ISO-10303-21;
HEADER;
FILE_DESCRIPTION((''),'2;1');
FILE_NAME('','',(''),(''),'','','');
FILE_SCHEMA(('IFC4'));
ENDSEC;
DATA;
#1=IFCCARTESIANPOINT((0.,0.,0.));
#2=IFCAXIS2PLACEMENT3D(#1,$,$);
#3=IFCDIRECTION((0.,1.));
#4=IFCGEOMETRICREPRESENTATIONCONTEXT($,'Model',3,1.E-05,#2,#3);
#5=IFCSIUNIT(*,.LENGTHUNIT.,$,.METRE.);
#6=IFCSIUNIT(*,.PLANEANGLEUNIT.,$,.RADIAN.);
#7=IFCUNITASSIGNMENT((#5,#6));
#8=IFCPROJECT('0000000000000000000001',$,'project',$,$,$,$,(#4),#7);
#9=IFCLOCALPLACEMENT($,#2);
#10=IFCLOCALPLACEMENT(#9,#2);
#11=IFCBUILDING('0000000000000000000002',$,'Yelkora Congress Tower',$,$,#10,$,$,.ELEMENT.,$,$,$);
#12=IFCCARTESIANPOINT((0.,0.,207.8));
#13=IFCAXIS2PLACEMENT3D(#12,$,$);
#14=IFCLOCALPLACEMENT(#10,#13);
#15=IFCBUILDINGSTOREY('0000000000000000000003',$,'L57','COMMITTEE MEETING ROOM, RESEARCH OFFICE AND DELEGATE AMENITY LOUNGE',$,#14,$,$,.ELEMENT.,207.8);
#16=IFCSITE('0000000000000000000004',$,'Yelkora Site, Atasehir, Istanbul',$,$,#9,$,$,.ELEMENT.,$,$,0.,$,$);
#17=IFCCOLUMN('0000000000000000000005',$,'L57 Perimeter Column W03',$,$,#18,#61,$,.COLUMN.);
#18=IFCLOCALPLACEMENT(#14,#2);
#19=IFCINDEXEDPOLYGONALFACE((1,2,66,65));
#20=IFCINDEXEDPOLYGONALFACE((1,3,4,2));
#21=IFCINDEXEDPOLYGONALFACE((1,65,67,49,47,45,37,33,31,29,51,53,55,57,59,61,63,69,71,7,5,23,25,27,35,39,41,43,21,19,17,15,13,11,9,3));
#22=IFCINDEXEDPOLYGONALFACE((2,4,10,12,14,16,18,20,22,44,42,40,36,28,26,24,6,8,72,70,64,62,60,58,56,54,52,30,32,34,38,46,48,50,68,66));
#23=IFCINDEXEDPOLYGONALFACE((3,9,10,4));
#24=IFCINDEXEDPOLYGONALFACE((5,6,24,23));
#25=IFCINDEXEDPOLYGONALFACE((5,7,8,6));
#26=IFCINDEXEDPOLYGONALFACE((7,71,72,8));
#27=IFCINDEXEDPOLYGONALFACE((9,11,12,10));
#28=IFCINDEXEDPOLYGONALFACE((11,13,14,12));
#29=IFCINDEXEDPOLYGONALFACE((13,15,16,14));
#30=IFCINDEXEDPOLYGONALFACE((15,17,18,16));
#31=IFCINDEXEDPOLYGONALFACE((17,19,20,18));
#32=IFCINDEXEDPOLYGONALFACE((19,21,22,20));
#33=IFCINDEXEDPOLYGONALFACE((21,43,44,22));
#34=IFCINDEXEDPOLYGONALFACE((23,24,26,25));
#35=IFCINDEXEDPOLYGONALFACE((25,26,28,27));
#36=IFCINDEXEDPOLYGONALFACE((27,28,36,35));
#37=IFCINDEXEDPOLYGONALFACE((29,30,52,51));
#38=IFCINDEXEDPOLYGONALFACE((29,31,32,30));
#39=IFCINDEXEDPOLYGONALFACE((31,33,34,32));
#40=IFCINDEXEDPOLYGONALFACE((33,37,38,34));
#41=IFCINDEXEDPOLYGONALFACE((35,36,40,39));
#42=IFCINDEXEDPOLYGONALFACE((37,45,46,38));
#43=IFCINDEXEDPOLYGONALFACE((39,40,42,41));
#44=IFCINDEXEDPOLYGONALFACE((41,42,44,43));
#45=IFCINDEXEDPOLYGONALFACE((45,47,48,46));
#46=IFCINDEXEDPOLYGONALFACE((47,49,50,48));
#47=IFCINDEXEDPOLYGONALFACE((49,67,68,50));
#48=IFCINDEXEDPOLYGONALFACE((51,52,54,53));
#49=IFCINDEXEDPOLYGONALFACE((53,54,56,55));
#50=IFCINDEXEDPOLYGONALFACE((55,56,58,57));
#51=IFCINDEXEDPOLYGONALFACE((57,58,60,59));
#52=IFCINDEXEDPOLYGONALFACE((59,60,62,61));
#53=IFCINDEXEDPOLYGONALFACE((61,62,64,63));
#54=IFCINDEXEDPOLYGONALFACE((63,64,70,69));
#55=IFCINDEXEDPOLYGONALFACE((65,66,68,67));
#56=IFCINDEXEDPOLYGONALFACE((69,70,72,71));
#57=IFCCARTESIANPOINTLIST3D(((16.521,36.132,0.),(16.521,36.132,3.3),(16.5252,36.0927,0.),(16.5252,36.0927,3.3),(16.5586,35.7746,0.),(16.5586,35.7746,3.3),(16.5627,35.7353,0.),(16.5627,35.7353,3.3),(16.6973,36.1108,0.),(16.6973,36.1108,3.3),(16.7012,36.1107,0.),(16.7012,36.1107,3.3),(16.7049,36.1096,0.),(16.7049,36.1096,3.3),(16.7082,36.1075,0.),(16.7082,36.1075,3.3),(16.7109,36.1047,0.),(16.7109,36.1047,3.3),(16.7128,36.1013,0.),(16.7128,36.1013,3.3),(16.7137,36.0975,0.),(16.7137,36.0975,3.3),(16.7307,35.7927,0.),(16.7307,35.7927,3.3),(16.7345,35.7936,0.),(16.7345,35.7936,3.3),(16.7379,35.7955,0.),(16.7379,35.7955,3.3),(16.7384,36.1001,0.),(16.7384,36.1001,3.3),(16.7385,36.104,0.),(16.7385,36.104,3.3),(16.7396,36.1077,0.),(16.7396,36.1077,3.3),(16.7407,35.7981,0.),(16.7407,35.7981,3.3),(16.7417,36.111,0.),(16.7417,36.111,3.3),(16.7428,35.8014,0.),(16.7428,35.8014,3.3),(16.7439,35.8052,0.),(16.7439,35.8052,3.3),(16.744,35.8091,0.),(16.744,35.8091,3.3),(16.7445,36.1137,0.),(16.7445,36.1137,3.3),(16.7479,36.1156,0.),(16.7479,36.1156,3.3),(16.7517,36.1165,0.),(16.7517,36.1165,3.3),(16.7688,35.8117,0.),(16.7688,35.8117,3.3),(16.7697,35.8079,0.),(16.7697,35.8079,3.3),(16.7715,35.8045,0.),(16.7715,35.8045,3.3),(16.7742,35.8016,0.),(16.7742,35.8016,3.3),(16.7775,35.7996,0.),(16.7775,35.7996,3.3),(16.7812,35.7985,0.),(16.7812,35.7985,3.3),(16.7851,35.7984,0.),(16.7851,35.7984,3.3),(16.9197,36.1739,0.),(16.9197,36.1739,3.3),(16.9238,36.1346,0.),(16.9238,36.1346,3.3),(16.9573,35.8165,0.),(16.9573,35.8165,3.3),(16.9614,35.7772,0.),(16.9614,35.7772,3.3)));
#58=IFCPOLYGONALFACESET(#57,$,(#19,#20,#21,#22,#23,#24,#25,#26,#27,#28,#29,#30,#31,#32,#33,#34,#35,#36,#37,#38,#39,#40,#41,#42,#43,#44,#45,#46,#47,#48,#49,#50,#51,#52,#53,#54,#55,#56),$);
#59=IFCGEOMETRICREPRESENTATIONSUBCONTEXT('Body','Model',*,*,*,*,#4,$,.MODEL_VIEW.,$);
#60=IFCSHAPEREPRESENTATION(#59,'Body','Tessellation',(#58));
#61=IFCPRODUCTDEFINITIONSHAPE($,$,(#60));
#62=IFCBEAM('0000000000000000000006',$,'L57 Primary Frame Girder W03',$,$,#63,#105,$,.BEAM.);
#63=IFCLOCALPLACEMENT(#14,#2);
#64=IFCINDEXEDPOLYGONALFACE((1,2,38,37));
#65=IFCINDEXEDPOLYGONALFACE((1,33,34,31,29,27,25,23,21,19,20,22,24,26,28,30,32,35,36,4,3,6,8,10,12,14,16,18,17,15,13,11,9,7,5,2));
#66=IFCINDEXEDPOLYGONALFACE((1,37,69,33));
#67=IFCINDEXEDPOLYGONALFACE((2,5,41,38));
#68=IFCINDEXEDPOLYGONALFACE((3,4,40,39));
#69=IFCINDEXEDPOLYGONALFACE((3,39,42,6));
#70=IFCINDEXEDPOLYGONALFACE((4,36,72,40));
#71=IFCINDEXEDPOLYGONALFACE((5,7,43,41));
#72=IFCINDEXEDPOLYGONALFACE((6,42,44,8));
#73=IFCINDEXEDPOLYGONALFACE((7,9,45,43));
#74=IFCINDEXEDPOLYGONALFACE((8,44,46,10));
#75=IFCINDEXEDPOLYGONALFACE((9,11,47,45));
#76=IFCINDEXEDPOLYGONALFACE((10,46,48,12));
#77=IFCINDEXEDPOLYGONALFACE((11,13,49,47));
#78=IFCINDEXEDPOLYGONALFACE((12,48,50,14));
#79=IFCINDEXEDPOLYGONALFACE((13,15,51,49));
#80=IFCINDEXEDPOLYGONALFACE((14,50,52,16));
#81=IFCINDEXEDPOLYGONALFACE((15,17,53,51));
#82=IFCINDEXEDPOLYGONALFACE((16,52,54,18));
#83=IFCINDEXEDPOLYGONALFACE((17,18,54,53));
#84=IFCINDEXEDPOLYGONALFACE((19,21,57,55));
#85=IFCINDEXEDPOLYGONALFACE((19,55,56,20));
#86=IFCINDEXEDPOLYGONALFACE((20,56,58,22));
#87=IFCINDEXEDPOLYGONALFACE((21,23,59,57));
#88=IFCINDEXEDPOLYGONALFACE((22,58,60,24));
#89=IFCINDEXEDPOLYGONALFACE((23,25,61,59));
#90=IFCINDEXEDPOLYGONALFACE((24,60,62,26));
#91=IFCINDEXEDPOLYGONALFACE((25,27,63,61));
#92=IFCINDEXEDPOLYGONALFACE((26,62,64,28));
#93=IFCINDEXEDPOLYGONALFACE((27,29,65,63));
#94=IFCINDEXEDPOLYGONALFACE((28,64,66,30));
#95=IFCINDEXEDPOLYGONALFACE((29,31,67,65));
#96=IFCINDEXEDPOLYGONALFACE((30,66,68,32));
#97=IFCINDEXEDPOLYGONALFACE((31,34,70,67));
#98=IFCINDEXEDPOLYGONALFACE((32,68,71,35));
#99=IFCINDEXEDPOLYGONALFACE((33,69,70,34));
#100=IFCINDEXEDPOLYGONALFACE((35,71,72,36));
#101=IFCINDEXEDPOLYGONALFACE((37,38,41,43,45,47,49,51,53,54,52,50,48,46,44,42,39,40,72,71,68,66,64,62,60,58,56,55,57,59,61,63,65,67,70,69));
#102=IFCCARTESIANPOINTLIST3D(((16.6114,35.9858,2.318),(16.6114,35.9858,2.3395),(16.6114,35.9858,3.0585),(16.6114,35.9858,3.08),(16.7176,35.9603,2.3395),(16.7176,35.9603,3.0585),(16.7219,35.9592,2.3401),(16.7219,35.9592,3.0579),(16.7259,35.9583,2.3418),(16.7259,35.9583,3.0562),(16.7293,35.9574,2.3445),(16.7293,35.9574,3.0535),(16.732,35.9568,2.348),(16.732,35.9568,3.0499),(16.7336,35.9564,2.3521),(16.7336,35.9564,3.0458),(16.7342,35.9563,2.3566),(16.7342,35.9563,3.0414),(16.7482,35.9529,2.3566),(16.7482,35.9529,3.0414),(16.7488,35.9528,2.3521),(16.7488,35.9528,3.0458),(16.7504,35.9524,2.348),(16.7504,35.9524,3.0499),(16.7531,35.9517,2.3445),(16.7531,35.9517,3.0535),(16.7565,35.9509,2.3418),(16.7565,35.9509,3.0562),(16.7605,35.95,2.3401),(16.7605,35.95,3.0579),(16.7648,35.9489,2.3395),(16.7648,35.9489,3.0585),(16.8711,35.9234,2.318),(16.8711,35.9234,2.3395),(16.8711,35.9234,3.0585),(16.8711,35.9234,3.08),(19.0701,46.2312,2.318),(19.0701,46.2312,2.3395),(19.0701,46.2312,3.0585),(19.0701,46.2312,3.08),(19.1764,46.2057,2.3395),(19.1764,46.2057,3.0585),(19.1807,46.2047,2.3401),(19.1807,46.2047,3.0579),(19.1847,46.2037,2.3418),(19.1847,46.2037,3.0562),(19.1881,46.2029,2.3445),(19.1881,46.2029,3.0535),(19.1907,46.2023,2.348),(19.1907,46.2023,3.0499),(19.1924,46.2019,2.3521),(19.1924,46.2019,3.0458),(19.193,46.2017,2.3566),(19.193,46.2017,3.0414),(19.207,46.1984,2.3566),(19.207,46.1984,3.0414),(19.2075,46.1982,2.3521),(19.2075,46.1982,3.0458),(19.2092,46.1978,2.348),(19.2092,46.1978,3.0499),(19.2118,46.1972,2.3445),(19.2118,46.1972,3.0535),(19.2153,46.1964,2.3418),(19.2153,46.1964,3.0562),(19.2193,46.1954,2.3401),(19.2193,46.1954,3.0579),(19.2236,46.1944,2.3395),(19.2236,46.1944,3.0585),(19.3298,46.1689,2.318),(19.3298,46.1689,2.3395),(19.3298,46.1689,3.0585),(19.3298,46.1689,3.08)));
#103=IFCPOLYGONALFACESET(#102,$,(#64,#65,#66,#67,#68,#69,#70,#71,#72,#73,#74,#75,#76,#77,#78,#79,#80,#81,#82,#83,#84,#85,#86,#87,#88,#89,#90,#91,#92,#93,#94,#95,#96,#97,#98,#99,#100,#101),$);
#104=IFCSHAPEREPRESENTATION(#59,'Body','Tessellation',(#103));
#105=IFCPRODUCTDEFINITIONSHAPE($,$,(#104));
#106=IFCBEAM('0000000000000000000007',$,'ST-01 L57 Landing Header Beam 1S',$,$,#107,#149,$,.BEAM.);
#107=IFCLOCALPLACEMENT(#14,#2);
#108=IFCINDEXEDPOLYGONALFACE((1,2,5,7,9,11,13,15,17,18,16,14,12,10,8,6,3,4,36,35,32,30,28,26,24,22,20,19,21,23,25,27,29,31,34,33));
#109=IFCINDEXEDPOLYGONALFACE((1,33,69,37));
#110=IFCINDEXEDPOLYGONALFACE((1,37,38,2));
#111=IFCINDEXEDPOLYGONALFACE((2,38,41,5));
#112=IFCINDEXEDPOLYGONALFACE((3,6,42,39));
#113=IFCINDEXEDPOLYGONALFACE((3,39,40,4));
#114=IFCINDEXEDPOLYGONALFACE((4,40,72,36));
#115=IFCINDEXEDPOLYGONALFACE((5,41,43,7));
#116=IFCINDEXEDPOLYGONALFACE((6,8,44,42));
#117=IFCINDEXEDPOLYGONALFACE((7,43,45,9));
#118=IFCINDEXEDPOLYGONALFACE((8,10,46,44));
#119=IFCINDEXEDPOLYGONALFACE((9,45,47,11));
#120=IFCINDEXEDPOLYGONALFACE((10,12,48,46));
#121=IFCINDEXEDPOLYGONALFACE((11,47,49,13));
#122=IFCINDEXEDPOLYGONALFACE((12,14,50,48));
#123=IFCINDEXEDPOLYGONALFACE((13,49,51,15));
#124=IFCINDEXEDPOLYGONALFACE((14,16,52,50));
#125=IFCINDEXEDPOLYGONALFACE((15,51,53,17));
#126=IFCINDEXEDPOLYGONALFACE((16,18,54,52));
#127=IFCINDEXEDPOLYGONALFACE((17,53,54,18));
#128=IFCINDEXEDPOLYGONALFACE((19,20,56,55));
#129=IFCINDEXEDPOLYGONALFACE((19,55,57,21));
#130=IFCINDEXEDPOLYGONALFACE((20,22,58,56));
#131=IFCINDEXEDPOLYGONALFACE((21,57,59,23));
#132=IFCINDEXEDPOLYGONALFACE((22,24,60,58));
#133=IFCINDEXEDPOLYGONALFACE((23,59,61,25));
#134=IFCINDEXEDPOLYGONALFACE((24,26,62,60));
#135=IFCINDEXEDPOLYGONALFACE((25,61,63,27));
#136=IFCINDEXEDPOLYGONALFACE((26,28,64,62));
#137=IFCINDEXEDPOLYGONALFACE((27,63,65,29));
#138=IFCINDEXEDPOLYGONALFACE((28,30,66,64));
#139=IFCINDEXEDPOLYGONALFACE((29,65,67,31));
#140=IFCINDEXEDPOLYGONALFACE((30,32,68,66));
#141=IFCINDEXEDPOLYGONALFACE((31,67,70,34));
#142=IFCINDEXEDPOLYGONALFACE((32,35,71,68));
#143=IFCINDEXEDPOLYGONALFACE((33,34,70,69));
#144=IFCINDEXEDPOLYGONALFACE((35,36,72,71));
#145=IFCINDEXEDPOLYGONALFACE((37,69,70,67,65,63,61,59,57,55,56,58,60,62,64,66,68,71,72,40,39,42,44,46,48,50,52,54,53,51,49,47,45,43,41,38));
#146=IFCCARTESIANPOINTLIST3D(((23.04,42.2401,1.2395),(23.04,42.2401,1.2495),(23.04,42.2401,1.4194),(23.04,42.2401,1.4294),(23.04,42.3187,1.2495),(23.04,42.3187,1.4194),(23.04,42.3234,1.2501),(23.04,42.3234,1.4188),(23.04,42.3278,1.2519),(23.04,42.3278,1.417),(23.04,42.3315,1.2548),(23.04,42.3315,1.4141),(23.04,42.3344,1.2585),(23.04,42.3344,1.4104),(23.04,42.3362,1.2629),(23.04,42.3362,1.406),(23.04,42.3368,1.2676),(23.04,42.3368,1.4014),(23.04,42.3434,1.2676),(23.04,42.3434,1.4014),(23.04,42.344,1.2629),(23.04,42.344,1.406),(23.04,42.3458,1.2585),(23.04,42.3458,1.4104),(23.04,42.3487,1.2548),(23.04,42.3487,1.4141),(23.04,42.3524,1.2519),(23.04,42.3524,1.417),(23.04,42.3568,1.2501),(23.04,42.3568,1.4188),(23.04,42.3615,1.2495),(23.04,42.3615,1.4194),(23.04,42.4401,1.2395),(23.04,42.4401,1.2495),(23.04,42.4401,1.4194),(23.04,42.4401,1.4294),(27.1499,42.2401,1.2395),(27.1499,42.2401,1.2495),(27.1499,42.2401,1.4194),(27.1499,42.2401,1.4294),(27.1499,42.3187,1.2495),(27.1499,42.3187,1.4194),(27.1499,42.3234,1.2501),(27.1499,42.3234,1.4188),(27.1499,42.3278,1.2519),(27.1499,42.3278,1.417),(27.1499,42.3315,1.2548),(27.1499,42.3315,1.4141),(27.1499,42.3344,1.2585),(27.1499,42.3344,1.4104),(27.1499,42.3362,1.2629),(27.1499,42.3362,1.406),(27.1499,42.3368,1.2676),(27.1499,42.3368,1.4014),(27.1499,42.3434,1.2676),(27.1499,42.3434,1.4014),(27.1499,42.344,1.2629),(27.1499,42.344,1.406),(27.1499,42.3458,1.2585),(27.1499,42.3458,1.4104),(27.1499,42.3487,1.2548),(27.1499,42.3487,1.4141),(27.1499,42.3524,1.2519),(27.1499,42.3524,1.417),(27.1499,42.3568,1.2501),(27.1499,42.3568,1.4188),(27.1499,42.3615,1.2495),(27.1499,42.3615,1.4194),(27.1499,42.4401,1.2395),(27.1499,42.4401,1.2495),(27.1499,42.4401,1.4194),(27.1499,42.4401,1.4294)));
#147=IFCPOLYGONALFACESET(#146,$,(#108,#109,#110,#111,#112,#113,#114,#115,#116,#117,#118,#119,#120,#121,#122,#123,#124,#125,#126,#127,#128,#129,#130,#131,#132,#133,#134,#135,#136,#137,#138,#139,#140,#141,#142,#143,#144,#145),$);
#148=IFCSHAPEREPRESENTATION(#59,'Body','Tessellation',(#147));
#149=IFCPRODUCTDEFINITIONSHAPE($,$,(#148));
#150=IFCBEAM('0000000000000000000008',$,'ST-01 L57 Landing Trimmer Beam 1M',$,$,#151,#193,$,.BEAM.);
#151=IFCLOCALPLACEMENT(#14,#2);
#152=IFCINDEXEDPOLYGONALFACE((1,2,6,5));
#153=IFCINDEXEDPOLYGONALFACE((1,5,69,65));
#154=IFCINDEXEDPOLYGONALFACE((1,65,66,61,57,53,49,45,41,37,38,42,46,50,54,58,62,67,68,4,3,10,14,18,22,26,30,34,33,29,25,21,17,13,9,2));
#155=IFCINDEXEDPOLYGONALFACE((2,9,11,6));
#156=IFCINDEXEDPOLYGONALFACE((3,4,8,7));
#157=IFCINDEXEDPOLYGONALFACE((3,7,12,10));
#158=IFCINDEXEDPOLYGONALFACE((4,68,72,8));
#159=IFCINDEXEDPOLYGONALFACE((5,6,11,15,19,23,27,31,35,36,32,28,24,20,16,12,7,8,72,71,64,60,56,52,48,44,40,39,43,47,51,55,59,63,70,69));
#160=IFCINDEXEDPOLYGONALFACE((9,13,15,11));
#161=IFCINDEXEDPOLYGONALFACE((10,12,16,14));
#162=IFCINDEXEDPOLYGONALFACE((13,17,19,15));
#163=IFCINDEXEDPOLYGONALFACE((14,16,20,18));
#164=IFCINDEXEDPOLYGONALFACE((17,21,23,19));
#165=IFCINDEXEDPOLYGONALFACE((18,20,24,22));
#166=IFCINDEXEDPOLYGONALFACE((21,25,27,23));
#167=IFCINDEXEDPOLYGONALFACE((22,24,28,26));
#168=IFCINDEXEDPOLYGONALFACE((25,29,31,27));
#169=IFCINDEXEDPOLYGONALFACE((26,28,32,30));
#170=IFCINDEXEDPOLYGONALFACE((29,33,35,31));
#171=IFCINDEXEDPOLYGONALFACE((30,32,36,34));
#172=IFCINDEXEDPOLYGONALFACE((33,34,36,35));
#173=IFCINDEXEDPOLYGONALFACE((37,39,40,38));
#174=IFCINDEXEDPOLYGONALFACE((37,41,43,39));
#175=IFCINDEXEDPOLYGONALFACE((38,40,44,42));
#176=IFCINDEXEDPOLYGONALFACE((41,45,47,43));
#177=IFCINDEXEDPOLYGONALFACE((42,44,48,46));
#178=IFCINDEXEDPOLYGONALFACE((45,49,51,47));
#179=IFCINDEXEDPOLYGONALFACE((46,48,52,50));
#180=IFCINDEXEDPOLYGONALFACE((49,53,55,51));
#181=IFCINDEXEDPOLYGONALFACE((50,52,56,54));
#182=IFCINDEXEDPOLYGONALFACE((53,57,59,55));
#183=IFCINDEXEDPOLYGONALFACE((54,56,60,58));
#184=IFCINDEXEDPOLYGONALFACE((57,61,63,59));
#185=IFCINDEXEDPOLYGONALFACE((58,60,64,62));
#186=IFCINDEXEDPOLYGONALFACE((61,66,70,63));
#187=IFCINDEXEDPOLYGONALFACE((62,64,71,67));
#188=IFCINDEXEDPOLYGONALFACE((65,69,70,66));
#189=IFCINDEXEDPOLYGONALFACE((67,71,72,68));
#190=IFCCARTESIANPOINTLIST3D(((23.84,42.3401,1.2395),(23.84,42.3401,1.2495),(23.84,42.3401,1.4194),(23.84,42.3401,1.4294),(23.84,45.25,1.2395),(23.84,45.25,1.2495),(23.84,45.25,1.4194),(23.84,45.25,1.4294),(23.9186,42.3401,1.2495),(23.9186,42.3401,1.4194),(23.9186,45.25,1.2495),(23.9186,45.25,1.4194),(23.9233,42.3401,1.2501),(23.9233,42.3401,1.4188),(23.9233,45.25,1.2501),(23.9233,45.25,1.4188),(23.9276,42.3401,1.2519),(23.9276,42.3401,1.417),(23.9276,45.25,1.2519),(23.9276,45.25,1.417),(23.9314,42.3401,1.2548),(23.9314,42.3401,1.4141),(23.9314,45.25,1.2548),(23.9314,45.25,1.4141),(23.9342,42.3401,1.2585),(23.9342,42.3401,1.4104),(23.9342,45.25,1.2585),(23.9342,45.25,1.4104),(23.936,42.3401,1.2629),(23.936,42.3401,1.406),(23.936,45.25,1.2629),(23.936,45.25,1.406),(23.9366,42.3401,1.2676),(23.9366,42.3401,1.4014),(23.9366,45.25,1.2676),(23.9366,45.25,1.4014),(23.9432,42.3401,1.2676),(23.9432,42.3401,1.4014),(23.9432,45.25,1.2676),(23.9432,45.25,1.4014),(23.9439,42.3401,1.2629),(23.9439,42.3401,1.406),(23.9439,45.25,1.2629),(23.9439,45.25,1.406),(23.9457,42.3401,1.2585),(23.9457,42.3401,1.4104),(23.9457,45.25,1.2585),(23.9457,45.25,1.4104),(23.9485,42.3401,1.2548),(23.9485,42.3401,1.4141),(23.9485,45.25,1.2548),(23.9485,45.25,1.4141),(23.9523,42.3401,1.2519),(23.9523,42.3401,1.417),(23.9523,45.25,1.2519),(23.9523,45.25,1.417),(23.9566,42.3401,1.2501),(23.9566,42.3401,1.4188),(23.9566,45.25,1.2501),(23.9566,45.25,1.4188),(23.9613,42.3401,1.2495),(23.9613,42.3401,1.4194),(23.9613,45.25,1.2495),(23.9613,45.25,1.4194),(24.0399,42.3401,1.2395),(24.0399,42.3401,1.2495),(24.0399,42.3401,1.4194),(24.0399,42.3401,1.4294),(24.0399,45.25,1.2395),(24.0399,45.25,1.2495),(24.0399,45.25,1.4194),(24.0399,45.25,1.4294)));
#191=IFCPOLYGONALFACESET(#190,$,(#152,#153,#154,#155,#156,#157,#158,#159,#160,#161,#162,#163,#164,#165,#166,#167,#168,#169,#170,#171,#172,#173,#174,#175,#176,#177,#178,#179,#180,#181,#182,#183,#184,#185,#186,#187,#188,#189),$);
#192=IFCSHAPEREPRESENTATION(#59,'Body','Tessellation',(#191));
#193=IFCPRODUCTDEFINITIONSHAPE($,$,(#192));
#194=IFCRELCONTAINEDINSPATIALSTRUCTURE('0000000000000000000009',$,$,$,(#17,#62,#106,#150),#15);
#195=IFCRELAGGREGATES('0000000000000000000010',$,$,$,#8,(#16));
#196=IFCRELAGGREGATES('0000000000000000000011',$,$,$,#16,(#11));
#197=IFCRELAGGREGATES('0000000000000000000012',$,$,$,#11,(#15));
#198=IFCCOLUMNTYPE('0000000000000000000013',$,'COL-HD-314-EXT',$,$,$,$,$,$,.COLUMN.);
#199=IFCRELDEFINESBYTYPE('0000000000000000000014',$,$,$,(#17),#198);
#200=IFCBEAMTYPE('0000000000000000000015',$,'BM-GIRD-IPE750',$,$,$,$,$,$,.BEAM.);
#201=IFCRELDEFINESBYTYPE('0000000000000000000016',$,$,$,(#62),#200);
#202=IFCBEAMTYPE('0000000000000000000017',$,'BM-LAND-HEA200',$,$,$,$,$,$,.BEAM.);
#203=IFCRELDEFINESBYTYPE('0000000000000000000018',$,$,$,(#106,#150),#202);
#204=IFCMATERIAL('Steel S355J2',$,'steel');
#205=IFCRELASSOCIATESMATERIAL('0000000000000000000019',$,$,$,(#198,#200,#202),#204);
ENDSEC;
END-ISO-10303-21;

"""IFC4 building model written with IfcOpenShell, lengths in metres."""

from ifc_helpers import new_model, si_unit, direction, frame, origin, origin_2d, place, context, subcontext, project, spatial, i_section, extrude, material, material_profile, profile_set, type_object, element, save


model = new_model("IFC4")

# Units and contexts
model_context = context("Model", 3, precision=1e-05, world=origin(), true_north=direction((0.0, 1.0)))
body_context = subcontext(model_context, "Body", "Model", "MODEL_VIEW")
ifc_project = project(units=[si_unit("LENGTHUNIT", "METRE"), si_unit("PLANEANGLEUNIT", "RADIAN")], contexts=[model_context])

# Site, building, storey
site_placement = place(None, origin())
site = spatial("IfcSite", under=ifc_project, at=site_placement, Name="Yelkora Site, Atasehir, Istanbul", CompositionType="ELEMENT", RefElevation=0.0)
building_placement = place(site_placement, origin())
building = spatial("IfcBuilding", under=site, at=building_placement, Name="Yelkora Congress Tower", CompositionType="ELEMENT")
storey_placement = place(building_placement, frame((0.0, 0.0, 207.8)))
storey = spatial("IfcBuildingStorey", under=building, at=storey_placement, Name="L57", Description="COMMITTEE MEETING ROOM, RESEARCH OFFICE AND DELEGATE AMENITY LOUNGE", CompositionType="ELEMENT", Elevation=207.8)

# Column
ifc_material_1 = material(Name="Steel S355J2", Category="steel")
ifc_material_profile_1 = material_profile(ifc_material_1, i_section(OverallWidth=0.4009, OverallDepth=0.3989, WebThickness=0.0249, FlangeThickness=0.0396, FilletRadius=0.0149, at=origin_2d()), Name="HD 400x314")
ifc_profile_set_1 = profile_set([ifc_material_profile_1], Name="Steel S355J2")
column_type = type_object("IfcColumnType", Name="COL-HD-314-EXT", PredefinedType="COLUMN", material=ifc_profile_set_1)
column_placement = place(storey_placement, frame((16.7412, 35.9546, 0.0), z_axis=(0.0, 0.0, 1.0), x_axis=(0.994522, 0.104528, 0.0)))
element("IfcColumn", 1, at=column_placement, inside=storey, type_object=column_type, Name="L57 Perimeter Column W03", PredefinedType="COLUMN", context=body_context, shape_type="SweptSolid", body=[
    extrude(i_section(OverallWidth=0.4009, OverallDepth=0.3989, WebThickness=0.0249, FlangeThickness=0.0396, FilletRadius=0.0149, at=origin_2d()), origin(), (0.0, 0.0, 1.0), 3.3),
])

# Beams
ifc_material_profile_2 = material_profile(ifc_material_1, i_section(OverallWidth=0.2671, OverallDepth=0.762, WebThickness=0.0144, FlangeThickness=0.0215, FilletRadius=0.0171, at=origin_2d()), Name="IPE 750x173")
ifc_profile_set_2 = profile_set([ifc_material_profile_2], Name="Steel S355J2")
beam_type_1 = type_object("IfcBeamType", Name="BM-GIRD-IPE750", PredefinedType="BEAM", material=ifc_profile_set_2)
beam_1_placement = place(storey_placement, frame((16.7412, 35.9546, 2.699), z_axis=(0.23336, 0.97239, 0.0), x_axis=(-0.97239, 0.23336, 0.0)))
element("IfcBeam", 2, at=beam_1_placement, inside=storey, type_object=beam_type_1, Name="L57 Primary Frame Girder W03", PredefinedType="BEAM", context=body_context, shape_type="SweptSolid", body=[
    extrude(i_section(OverallWidth=0.2671, OverallDepth=0.762, WebThickness=0.0144, FlangeThickness=0.0215, FilletRadius=0.0171, at=origin_2d()), origin(), (0.0, 0.0, 1.0), 10.5364),
])
ifc_material_profile_3 = material_profile(ifc_material_1, i_section(OverallWidth=0.2, OverallDepth=0.1899, WebThickness=0.0066, FlangeThickness=0.01, FilletRadius=0.0181, at=origin_2d()), Name="HEA 200")
ifc_profile_set_3 = profile_set([ifc_material_profile_3], Name="Steel S355J2")
beam_type_2 = type_object("IfcBeamType", Name="BM-LAND-HEA200", PredefinedType="BEAM", material=ifc_profile_set_3)
beam_2_placement = place(storey_placement, frame((23.04, 42.3401, 1.3345), z_axis=(1.0, 0.0, 0.0), x_axis=(0.0, 1.0, 0.0)))
element("IfcBeam", 3, at=beam_2_placement, inside=storey, type_object=beam_type_2, Name="ST-01 L57 Landing Header Beam 1S", PredefinedType="BEAM", context=body_context, shape_type="SweptSolid", body=[
    extrude(i_section(OverallWidth=0.2, OverallDepth=0.1899, WebThickness=0.0066, FlangeThickness=0.01, FilletRadius=0.0181, at=origin_2d()), origin(), (0.0, 0.0, 1.0), 4.1099),
])
beam_3_placement = place(storey_placement, frame((23.9399, 42.3401, 1.3345), z_axis=(0.0, 1.0, 0.0), x_axis=(-1.0, 0.0, 0.0)))
element("IfcBeam", 4, at=beam_3_placement, inside=storey, type_object=beam_type_2, Name="ST-01 L57 Landing Trimmer Beam 1M", PredefinedType="BEAM", context=body_context, shape_type="SweptSolid", body=[
    extrude(i_section(OverallWidth=0.2, OverallDepth=0.1899, WebThickness=0.0066, FlangeThickness=0.01, FilletRadius=0.0181, at=origin_2d()), origin(), (0.0, 0.0, 1.0), 2.9099),
])

save(model, "model.ifc")
